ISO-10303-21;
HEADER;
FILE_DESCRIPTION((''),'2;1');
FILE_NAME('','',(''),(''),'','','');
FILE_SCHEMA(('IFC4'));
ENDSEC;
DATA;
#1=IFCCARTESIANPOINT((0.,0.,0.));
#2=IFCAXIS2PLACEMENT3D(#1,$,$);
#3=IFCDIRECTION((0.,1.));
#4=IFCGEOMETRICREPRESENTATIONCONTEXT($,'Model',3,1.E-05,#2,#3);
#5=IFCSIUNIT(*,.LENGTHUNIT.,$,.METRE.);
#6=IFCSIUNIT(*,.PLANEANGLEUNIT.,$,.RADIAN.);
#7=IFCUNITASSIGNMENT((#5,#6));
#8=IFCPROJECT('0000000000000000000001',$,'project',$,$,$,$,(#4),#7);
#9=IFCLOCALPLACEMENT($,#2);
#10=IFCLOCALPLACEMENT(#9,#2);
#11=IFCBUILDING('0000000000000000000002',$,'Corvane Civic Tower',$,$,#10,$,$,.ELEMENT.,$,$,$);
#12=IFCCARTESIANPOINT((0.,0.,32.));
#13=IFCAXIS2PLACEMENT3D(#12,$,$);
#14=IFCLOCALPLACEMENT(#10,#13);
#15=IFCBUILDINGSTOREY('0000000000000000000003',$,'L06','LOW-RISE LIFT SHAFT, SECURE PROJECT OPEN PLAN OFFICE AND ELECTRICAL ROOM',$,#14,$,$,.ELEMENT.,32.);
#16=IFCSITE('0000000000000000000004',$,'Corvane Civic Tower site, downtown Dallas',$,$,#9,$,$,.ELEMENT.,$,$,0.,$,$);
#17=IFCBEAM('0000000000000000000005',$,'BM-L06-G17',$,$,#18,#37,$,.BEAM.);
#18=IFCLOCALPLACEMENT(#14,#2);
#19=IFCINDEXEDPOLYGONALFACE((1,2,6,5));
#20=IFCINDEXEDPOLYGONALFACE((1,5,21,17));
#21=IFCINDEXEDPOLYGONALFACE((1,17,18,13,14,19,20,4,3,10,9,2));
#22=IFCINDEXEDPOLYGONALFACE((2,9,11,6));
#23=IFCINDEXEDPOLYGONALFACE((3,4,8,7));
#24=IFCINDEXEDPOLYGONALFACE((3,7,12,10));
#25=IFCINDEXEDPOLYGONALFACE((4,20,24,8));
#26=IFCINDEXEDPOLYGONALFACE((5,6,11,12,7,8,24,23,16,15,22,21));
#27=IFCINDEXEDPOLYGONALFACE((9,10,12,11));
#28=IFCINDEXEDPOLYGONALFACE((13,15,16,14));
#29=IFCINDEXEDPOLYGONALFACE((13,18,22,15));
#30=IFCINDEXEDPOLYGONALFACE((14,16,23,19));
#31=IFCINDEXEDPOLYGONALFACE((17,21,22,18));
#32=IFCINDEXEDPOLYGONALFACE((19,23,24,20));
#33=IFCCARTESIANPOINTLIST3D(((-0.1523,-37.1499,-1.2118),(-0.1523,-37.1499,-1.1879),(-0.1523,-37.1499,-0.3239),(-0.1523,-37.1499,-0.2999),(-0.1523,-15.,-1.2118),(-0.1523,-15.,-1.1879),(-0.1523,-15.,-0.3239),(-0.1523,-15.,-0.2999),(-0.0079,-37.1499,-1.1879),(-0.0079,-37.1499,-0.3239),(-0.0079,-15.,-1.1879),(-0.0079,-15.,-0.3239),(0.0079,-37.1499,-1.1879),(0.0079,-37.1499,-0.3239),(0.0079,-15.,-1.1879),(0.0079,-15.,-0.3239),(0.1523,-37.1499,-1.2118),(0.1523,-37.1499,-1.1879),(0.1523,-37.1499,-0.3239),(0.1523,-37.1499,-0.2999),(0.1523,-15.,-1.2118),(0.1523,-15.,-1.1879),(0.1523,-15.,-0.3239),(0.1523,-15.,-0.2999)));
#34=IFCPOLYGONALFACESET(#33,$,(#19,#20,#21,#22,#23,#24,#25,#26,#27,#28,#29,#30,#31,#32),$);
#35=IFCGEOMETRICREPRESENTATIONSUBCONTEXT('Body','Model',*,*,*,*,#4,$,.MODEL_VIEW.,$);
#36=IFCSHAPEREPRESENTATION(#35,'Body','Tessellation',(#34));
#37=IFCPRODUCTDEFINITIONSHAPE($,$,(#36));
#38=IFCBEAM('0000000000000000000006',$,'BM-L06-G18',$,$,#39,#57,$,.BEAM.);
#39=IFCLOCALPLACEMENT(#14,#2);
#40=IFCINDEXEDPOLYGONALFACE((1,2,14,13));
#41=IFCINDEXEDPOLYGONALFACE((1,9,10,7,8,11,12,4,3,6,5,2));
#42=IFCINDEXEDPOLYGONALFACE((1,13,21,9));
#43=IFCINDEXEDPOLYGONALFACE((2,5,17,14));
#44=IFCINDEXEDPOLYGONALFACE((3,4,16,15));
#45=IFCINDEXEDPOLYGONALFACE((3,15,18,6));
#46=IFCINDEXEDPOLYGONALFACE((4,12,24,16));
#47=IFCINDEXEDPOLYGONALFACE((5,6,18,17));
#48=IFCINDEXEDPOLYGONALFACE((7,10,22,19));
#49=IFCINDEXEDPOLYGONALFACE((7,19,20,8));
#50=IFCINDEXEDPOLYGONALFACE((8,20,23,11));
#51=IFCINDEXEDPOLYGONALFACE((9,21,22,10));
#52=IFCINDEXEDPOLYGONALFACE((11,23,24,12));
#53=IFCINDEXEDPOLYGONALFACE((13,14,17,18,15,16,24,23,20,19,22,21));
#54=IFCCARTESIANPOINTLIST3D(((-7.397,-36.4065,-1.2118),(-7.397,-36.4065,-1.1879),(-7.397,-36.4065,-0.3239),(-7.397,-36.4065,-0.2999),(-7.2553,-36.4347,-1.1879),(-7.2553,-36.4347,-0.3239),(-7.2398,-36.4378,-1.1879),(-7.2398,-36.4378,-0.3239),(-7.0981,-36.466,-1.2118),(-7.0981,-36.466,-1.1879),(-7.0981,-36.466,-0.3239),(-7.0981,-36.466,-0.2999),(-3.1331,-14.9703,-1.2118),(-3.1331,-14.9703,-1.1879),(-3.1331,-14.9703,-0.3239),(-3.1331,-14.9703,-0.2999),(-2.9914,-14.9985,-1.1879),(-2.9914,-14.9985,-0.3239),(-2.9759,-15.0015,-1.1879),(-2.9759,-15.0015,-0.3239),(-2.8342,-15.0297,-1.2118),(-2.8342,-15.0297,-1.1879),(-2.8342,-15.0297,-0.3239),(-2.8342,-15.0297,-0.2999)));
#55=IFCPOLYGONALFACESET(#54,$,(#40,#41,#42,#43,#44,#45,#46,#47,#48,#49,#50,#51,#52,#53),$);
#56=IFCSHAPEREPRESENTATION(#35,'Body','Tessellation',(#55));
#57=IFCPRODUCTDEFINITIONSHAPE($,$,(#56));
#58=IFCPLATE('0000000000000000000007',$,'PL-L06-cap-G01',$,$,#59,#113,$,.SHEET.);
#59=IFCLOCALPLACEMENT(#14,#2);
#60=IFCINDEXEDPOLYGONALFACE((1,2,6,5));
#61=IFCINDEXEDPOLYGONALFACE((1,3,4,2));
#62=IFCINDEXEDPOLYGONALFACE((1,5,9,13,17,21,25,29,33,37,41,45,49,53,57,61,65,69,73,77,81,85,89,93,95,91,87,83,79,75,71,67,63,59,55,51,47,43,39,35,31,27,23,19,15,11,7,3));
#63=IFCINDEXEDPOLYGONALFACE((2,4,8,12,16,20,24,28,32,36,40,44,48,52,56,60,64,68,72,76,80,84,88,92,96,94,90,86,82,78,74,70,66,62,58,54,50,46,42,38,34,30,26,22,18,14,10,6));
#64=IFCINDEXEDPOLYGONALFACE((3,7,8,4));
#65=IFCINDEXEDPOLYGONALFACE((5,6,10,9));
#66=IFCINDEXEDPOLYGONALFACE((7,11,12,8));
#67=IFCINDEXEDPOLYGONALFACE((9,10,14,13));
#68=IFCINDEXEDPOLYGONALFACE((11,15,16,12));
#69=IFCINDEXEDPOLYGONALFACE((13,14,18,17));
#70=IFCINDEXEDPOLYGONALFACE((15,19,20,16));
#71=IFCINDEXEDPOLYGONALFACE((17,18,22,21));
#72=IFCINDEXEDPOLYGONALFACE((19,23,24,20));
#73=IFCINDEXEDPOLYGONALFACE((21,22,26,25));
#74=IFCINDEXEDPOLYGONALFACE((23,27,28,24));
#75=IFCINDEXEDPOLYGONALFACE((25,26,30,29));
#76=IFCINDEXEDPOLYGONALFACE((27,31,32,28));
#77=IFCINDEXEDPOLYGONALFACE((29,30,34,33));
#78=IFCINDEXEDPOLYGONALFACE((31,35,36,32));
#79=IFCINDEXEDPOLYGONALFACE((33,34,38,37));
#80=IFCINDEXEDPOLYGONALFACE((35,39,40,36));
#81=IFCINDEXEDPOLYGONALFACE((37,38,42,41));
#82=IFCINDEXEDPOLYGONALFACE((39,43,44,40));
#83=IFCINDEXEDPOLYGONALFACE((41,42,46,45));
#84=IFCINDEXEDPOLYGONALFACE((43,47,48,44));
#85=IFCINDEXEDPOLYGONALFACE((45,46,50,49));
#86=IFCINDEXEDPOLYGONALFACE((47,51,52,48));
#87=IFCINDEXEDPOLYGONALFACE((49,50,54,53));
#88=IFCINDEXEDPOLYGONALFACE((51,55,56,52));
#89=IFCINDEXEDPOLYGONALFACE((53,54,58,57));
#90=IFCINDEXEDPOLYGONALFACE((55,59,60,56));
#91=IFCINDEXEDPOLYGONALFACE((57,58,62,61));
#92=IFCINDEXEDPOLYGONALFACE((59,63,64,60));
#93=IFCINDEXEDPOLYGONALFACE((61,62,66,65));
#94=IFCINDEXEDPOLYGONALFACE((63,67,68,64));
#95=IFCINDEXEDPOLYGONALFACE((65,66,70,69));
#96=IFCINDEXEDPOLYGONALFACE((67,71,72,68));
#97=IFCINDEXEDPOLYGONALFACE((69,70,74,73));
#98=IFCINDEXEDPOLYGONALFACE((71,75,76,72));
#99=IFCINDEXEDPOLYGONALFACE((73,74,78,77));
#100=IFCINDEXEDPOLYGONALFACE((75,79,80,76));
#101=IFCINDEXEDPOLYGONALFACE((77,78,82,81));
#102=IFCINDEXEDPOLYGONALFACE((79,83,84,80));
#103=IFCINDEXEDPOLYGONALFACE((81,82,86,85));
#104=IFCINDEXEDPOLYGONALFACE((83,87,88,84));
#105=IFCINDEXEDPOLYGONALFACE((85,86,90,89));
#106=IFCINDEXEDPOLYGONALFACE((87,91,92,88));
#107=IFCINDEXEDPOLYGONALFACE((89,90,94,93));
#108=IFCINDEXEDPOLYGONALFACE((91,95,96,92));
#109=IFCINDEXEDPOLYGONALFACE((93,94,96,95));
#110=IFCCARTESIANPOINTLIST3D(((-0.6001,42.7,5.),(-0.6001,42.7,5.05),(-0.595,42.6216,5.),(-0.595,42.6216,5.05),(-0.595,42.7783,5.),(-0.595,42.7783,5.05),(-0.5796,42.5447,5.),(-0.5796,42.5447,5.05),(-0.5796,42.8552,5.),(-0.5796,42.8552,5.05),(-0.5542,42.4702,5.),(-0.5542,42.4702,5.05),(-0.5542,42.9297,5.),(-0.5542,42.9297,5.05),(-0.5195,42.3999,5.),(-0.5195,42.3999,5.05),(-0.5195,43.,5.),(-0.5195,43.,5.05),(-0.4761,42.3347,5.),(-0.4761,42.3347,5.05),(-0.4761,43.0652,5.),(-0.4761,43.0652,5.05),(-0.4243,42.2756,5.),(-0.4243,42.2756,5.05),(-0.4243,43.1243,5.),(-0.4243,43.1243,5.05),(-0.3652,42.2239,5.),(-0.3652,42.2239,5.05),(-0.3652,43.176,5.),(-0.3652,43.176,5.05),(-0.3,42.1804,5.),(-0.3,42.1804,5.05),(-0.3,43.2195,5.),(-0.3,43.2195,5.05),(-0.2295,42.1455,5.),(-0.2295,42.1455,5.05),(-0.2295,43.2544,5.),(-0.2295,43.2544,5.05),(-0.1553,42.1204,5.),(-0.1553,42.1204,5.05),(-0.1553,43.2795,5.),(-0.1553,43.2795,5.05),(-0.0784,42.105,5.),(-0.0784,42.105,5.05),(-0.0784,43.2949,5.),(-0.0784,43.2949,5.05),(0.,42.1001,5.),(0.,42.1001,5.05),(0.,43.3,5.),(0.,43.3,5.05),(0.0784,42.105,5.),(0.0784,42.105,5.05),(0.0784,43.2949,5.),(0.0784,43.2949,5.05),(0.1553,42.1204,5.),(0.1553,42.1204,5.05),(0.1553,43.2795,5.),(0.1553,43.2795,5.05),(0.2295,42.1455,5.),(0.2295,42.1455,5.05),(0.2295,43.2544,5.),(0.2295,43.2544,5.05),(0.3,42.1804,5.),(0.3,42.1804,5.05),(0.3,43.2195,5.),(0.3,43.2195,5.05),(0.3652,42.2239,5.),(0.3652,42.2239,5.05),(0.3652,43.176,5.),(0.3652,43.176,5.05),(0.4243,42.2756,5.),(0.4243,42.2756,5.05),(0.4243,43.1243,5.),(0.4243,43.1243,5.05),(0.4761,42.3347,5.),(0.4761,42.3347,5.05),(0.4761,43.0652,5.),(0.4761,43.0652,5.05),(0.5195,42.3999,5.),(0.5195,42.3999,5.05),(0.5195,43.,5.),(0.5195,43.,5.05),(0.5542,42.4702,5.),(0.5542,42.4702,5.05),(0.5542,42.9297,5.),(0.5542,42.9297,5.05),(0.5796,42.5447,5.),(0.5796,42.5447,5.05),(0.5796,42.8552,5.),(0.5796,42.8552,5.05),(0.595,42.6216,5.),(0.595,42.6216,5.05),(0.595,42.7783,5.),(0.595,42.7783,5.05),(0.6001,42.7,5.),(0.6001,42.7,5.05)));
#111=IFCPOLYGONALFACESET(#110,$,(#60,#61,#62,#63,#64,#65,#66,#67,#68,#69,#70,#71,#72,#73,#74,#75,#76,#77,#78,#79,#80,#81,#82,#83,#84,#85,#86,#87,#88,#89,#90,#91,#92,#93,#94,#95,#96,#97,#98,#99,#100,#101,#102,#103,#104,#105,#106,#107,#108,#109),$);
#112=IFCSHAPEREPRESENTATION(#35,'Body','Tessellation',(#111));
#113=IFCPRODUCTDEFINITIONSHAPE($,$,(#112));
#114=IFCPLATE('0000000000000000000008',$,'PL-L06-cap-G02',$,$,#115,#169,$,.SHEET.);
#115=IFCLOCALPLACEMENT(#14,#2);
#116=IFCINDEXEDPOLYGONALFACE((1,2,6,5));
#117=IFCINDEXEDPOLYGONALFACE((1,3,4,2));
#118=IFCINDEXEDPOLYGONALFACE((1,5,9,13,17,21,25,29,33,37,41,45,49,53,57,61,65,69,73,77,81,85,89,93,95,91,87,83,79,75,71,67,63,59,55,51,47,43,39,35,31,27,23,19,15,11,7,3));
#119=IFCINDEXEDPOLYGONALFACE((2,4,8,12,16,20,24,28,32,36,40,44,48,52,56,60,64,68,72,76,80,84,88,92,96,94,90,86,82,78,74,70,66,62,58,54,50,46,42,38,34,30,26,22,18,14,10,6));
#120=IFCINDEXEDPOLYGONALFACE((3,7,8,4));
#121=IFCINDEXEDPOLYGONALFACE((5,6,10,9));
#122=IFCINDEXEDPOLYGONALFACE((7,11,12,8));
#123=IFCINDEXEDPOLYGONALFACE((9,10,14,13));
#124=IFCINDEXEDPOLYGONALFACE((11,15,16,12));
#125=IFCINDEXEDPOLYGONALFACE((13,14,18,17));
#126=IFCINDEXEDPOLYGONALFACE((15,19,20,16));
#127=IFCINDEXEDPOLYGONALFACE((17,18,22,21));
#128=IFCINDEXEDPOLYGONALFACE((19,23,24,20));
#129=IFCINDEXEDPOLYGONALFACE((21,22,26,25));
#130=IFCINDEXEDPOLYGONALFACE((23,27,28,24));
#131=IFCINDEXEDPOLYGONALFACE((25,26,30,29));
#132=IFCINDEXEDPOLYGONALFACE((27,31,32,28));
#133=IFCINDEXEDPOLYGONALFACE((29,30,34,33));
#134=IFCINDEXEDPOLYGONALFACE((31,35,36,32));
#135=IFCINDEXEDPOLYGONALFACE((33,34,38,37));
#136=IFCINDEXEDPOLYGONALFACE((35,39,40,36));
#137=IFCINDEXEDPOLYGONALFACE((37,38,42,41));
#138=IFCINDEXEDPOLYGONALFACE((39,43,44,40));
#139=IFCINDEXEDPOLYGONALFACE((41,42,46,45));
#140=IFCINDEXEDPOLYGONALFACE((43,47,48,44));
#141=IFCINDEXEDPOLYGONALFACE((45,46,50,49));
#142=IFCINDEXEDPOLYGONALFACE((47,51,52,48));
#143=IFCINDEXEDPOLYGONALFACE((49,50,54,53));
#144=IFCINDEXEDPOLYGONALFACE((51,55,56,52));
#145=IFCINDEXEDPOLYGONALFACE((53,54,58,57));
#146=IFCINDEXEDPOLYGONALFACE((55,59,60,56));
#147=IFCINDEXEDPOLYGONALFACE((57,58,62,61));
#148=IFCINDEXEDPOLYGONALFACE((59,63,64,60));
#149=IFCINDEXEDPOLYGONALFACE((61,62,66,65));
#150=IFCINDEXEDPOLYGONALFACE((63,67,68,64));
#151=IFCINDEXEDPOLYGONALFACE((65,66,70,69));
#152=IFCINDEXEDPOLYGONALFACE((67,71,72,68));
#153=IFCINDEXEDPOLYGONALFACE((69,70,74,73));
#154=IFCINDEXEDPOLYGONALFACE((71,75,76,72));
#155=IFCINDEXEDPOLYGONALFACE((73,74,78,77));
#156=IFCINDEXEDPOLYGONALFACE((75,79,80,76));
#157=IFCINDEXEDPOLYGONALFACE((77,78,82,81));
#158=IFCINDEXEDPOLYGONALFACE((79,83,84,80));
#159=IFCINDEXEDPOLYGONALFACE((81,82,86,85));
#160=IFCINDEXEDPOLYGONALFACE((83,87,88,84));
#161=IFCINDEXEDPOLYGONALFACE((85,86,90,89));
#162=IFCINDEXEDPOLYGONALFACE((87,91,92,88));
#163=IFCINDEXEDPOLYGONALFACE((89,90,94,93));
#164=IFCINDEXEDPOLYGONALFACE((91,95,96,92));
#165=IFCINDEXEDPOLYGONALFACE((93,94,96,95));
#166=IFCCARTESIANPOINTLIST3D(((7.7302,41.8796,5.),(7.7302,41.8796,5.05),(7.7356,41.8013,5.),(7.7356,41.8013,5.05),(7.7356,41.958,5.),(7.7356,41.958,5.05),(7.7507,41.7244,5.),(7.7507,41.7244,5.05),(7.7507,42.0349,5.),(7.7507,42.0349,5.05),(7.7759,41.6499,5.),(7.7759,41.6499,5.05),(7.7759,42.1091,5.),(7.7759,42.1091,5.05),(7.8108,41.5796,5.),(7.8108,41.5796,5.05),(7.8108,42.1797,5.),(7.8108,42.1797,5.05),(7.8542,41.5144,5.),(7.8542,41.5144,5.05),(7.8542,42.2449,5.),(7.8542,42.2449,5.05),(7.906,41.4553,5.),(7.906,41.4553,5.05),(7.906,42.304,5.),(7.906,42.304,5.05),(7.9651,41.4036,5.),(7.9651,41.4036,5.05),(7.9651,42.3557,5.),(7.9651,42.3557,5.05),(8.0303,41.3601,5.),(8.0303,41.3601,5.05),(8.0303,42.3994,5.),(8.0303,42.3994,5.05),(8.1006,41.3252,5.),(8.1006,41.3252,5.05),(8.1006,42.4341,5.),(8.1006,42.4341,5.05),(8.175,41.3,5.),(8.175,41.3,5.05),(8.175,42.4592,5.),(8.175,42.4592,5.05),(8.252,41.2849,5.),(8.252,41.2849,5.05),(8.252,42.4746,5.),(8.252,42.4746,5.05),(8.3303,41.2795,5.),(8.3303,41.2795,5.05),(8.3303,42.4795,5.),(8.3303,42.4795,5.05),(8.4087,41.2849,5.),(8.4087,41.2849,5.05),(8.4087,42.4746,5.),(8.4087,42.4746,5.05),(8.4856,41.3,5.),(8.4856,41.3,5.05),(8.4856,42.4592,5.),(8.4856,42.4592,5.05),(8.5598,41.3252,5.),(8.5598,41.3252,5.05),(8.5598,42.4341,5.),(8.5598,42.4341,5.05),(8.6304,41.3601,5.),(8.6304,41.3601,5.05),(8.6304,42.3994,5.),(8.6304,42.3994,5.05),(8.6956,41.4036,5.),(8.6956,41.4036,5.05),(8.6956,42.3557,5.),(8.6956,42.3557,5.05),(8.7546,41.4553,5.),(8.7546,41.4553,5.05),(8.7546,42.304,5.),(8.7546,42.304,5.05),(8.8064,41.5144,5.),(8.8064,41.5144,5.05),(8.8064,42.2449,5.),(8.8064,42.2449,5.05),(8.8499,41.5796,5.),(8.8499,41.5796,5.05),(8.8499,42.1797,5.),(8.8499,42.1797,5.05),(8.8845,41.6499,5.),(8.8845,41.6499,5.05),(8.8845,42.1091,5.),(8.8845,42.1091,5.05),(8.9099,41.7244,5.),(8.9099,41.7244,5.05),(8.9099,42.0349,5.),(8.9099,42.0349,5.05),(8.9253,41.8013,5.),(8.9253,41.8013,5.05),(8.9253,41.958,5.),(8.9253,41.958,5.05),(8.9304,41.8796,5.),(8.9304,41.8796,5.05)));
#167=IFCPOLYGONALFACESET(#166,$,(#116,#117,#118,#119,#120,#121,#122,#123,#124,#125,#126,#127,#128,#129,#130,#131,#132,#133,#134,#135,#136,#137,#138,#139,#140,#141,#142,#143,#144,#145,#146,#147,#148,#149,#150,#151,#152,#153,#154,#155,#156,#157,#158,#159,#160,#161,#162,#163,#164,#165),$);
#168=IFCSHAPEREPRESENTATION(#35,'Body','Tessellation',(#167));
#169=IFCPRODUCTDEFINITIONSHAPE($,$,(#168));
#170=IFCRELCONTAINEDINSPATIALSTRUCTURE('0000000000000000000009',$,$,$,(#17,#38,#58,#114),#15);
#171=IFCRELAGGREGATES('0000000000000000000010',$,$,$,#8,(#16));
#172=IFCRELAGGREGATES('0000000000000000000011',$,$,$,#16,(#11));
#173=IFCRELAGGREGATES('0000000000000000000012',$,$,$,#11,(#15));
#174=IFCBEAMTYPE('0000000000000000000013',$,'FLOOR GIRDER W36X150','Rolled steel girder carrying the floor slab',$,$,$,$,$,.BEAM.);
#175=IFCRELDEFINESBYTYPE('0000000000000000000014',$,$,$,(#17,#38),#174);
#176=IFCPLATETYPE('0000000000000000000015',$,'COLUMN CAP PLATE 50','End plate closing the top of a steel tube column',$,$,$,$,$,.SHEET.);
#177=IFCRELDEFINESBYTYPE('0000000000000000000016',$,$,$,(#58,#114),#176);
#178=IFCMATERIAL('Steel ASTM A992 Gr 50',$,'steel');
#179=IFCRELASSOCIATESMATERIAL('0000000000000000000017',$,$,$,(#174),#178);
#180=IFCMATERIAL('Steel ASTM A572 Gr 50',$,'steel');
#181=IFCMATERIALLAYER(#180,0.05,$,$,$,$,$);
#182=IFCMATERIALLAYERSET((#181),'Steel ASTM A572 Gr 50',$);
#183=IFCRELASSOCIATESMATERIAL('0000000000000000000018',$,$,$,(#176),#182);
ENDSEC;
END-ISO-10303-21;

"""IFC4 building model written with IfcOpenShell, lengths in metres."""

from ifc_helpers import new_model, si_unit, direction, frame, origin, origin_2d, place, context, subcontext, project, spatial, polyline, i_section, outline, extrude, material, layer, layer_set, material_profile, profile_set, type_object, element, save


model = new_model("IFC4")

# Units and contexts
model_context = context("Model", 3, precision=1e-05, world=origin(), true_north=direction((0.0, 1.0)))
body_context = subcontext(model_context, "Body", "Model", "MODEL_VIEW")
ifc_project = project(units=[si_unit("LENGTHUNIT", "METRE"), si_unit("PLANEANGLEUNIT", "RADIAN")], contexts=[model_context])

# Site, building, storey
site_placement = place(None, origin())
site = spatial("IfcSite", under=ifc_project, at=site_placement, Name="Corvane Civic Tower site, downtown Dallas", CompositionType="ELEMENT", RefElevation=0.0)
building_placement = place(site_placement, origin())
building = spatial("IfcBuilding", under=site, at=building_placement, Name="Corvane Civic Tower", CompositionType="ELEMENT")
storey_placement = place(building_placement, frame((0.0, 0.0, 32.0)))
storey = spatial("IfcBuildingStorey", under=building, at=storey_placement, Name="L06", Description="LOW-RISE LIFT SHAFT, SECURE PROJECT OPEN PLAN OFFICE AND ELECTRICAL ROOM", CompositionType="ELEMENT", Elevation=32.0)

# Beams
ifc_material_1 = material(Name="Steel ASTM A992 Gr 50", Category="steel")
ifc_material_profile = material_profile(ifc_material_1, i_section(OverallWidth=0.3047, OverallDepth=0.9119, WebThickness=0.0159, FlangeThickness=0.0239, at=origin_2d()), Name="W36X150")
ifc_profile_set = profile_set([ifc_material_profile], Name="Steel ASTM A992 Gr 50")
beam_type = type_object("IfcBeamType", Name="FLOOR GIRDER W36X150", Description="Rolled steel girder carrying the floor slab", PredefinedType="BEAM", material=ifc_profile_set)
beam_1_placement = place(storey_placement, frame((0.0, -15.0, -0.7559), z_axis=(0.0, -1.0, 0.0), x_axis=(1.0, 0.0, 0.0)))
element("IfcBeam", 1, at=beam_1_placement, inside=storey, type_object=beam_type, Name="BM-L06-G17", PredefinedType="BEAM", context=body_context, shape_type="SweptSolid", body=[
    extrude(i_section(OverallWidth=0.3047, OverallDepth=0.9119, WebThickness=0.0159, FlangeThickness=0.0239, at=origin_2d()), origin(), (0.0, 0.0, 1.0), 22.1499),
])
beam_2_placement = place(storey_placement, frame((-2.9836, -15.0, -0.7559), z_axis=(-0.195089, -0.980785, 0.0), x_axis=(0.980785, -0.195089, 0.0)))
element("IfcBeam", 2, at=beam_2_placement, inside=storey, type_object=beam_type, Name="BM-L06-G18", PredefinedType="BEAM", context=body_context, shape_type="SweptSolid", body=[
    extrude(i_section(OverallWidth=0.3047, OverallDepth=0.9119, WebThickness=0.0159, FlangeThickness=0.0239, at=origin_2d()), origin(), (0.0, 0.0, 1.0), 21.8562),
])

# Plates
ifc_material_2 = material(Name="Steel ASTM A572 Gr 50", Category="steel")
ifc_layer_1 = layer(ifc_material_2, 0.05)
ifc_layer_set_1 = layer_set([ifc_layer_1], Name="Steel ASTM A572 Gr 50")
plate_type = type_object("IfcPlateType", Name="COLUMN CAP PLATE 50", Description="End plate closing the top of a steel tube column", PredefinedType="SHEET", material=ifc_layer_set_1)
plate_1_placement = place(storey_placement, frame((0.0, 0.0, 5.0)))
element("IfcPlate", 3, at=plate_1_placement, inside=storey, type_object=plate_type, Name="PL-L06-cap-G01", PredefinedType="SHEET", context=body_context, shape_type="SweptSolid", body=[
    extrude(outline(polyline([(0.6001, 42.7), (0.595, 42.7783), (0.5796, 42.8552), (0.5542, 42.9297), (0.5195, 43.0), (0.4761, 43.0652), (0.4243, 43.1243), (0.3652, 43.176), (0.3, 43.2195), (0.2295, 43.2544), (0.1553, 43.2795), (0.0784, 43.2949), (0.0, 43.3), (-0.0784, 43.2949), (-0.1553, 43.2795), (-0.2295, 43.2544), (-0.3, 43.2195), (-0.3652, 43.176), (-0.4243, 43.1243), (-0.4761, 43.0652), (-0.5195, 43.0), (-0.5542, 42.9297), (-0.5796, 42.8552), (-0.595, 42.7783), (-0.6001, 42.7), (-0.595, 42.6216), (-0.5796, 42.5447), (-0.5542, 42.4702), (-0.5195, 42.3999), (-0.4761, 42.3347), (-0.4243, 42.2756), (-0.3652, 42.2239), (-0.3, 42.1804), (-0.2295, 42.1455), (-0.1553, 42.1204), (-0.0784, 42.105), (0.0, 42.1001), (0.0784, 42.105), (0.1553, 42.1204), (0.2295, 42.1455), (0.3, 42.1804), (0.3652, 42.2239), (0.4243, 42.2756), (0.4761, 42.3347), (0.5195, 42.3999), (0.5542, 42.4702), (0.5796, 42.5447), (0.595, 42.6216), (0.6001, 42.7)])), origin(), (0.0, 0.0, 1.0), 0.05),
])
plate_2_placement = place(storey_placement, frame((0.0, 0.0, 5.0)))
element("IfcPlate", 4, at=plate_2_placement, inside=storey, type_object=plate_type, Name="PL-L06-cap-G02", PredefinedType="SHEET", context=body_context, shape_type="SweptSolid", body=[
    extrude(outline(polyline([(8.9304, 41.8796), (8.9253, 41.958), (8.9099, 42.0349), (8.8845, 42.1091), (8.8499, 42.1797), (8.8064, 42.2449), (8.7546, 42.304), (8.6956, 42.3557), (8.6304, 42.3994), (8.5598, 42.4341), (8.4856, 42.4592), (8.4087, 42.4746), (8.3303, 42.4795), (8.252, 42.4746), (8.175, 42.4592), (8.1006, 42.4341), (8.0303, 42.3994), (7.9651, 42.3557), (7.906, 42.304), (7.8542, 42.2449), (7.8108, 42.1797), (7.7759, 42.1091), (7.7507, 42.0349), (7.7356, 41.958), (7.7302, 41.8796), (7.7356, 41.8013), (7.7507, 41.7244), (7.7759, 41.6499), (7.8108, 41.5796), (7.8542, 41.5144), (7.906, 41.4553), (7.9651, 41.4036), (8.0303, 41.3601), (8.1006, 41.3252), (8.175, 41.3), (8.252, 41.2849), (8.3303, 41.2795), (8.4087, 41.2849), (8.4856, 41.3), (8.5598, 41.3252), (8.6304, 41.3601), (8.6956, 41.4036), (8.7546, 41.4553), (8.8064, 41.5144), (8.8499, 41.5796), (8.8845, 41.6499), (8.9099, 41.7244), (8.9253, 41.8013), (8.9304, 41.8796)])), origin(), (0.0, 0.0, 1.0), 0.05),
])

save(model, "model.ifc")
